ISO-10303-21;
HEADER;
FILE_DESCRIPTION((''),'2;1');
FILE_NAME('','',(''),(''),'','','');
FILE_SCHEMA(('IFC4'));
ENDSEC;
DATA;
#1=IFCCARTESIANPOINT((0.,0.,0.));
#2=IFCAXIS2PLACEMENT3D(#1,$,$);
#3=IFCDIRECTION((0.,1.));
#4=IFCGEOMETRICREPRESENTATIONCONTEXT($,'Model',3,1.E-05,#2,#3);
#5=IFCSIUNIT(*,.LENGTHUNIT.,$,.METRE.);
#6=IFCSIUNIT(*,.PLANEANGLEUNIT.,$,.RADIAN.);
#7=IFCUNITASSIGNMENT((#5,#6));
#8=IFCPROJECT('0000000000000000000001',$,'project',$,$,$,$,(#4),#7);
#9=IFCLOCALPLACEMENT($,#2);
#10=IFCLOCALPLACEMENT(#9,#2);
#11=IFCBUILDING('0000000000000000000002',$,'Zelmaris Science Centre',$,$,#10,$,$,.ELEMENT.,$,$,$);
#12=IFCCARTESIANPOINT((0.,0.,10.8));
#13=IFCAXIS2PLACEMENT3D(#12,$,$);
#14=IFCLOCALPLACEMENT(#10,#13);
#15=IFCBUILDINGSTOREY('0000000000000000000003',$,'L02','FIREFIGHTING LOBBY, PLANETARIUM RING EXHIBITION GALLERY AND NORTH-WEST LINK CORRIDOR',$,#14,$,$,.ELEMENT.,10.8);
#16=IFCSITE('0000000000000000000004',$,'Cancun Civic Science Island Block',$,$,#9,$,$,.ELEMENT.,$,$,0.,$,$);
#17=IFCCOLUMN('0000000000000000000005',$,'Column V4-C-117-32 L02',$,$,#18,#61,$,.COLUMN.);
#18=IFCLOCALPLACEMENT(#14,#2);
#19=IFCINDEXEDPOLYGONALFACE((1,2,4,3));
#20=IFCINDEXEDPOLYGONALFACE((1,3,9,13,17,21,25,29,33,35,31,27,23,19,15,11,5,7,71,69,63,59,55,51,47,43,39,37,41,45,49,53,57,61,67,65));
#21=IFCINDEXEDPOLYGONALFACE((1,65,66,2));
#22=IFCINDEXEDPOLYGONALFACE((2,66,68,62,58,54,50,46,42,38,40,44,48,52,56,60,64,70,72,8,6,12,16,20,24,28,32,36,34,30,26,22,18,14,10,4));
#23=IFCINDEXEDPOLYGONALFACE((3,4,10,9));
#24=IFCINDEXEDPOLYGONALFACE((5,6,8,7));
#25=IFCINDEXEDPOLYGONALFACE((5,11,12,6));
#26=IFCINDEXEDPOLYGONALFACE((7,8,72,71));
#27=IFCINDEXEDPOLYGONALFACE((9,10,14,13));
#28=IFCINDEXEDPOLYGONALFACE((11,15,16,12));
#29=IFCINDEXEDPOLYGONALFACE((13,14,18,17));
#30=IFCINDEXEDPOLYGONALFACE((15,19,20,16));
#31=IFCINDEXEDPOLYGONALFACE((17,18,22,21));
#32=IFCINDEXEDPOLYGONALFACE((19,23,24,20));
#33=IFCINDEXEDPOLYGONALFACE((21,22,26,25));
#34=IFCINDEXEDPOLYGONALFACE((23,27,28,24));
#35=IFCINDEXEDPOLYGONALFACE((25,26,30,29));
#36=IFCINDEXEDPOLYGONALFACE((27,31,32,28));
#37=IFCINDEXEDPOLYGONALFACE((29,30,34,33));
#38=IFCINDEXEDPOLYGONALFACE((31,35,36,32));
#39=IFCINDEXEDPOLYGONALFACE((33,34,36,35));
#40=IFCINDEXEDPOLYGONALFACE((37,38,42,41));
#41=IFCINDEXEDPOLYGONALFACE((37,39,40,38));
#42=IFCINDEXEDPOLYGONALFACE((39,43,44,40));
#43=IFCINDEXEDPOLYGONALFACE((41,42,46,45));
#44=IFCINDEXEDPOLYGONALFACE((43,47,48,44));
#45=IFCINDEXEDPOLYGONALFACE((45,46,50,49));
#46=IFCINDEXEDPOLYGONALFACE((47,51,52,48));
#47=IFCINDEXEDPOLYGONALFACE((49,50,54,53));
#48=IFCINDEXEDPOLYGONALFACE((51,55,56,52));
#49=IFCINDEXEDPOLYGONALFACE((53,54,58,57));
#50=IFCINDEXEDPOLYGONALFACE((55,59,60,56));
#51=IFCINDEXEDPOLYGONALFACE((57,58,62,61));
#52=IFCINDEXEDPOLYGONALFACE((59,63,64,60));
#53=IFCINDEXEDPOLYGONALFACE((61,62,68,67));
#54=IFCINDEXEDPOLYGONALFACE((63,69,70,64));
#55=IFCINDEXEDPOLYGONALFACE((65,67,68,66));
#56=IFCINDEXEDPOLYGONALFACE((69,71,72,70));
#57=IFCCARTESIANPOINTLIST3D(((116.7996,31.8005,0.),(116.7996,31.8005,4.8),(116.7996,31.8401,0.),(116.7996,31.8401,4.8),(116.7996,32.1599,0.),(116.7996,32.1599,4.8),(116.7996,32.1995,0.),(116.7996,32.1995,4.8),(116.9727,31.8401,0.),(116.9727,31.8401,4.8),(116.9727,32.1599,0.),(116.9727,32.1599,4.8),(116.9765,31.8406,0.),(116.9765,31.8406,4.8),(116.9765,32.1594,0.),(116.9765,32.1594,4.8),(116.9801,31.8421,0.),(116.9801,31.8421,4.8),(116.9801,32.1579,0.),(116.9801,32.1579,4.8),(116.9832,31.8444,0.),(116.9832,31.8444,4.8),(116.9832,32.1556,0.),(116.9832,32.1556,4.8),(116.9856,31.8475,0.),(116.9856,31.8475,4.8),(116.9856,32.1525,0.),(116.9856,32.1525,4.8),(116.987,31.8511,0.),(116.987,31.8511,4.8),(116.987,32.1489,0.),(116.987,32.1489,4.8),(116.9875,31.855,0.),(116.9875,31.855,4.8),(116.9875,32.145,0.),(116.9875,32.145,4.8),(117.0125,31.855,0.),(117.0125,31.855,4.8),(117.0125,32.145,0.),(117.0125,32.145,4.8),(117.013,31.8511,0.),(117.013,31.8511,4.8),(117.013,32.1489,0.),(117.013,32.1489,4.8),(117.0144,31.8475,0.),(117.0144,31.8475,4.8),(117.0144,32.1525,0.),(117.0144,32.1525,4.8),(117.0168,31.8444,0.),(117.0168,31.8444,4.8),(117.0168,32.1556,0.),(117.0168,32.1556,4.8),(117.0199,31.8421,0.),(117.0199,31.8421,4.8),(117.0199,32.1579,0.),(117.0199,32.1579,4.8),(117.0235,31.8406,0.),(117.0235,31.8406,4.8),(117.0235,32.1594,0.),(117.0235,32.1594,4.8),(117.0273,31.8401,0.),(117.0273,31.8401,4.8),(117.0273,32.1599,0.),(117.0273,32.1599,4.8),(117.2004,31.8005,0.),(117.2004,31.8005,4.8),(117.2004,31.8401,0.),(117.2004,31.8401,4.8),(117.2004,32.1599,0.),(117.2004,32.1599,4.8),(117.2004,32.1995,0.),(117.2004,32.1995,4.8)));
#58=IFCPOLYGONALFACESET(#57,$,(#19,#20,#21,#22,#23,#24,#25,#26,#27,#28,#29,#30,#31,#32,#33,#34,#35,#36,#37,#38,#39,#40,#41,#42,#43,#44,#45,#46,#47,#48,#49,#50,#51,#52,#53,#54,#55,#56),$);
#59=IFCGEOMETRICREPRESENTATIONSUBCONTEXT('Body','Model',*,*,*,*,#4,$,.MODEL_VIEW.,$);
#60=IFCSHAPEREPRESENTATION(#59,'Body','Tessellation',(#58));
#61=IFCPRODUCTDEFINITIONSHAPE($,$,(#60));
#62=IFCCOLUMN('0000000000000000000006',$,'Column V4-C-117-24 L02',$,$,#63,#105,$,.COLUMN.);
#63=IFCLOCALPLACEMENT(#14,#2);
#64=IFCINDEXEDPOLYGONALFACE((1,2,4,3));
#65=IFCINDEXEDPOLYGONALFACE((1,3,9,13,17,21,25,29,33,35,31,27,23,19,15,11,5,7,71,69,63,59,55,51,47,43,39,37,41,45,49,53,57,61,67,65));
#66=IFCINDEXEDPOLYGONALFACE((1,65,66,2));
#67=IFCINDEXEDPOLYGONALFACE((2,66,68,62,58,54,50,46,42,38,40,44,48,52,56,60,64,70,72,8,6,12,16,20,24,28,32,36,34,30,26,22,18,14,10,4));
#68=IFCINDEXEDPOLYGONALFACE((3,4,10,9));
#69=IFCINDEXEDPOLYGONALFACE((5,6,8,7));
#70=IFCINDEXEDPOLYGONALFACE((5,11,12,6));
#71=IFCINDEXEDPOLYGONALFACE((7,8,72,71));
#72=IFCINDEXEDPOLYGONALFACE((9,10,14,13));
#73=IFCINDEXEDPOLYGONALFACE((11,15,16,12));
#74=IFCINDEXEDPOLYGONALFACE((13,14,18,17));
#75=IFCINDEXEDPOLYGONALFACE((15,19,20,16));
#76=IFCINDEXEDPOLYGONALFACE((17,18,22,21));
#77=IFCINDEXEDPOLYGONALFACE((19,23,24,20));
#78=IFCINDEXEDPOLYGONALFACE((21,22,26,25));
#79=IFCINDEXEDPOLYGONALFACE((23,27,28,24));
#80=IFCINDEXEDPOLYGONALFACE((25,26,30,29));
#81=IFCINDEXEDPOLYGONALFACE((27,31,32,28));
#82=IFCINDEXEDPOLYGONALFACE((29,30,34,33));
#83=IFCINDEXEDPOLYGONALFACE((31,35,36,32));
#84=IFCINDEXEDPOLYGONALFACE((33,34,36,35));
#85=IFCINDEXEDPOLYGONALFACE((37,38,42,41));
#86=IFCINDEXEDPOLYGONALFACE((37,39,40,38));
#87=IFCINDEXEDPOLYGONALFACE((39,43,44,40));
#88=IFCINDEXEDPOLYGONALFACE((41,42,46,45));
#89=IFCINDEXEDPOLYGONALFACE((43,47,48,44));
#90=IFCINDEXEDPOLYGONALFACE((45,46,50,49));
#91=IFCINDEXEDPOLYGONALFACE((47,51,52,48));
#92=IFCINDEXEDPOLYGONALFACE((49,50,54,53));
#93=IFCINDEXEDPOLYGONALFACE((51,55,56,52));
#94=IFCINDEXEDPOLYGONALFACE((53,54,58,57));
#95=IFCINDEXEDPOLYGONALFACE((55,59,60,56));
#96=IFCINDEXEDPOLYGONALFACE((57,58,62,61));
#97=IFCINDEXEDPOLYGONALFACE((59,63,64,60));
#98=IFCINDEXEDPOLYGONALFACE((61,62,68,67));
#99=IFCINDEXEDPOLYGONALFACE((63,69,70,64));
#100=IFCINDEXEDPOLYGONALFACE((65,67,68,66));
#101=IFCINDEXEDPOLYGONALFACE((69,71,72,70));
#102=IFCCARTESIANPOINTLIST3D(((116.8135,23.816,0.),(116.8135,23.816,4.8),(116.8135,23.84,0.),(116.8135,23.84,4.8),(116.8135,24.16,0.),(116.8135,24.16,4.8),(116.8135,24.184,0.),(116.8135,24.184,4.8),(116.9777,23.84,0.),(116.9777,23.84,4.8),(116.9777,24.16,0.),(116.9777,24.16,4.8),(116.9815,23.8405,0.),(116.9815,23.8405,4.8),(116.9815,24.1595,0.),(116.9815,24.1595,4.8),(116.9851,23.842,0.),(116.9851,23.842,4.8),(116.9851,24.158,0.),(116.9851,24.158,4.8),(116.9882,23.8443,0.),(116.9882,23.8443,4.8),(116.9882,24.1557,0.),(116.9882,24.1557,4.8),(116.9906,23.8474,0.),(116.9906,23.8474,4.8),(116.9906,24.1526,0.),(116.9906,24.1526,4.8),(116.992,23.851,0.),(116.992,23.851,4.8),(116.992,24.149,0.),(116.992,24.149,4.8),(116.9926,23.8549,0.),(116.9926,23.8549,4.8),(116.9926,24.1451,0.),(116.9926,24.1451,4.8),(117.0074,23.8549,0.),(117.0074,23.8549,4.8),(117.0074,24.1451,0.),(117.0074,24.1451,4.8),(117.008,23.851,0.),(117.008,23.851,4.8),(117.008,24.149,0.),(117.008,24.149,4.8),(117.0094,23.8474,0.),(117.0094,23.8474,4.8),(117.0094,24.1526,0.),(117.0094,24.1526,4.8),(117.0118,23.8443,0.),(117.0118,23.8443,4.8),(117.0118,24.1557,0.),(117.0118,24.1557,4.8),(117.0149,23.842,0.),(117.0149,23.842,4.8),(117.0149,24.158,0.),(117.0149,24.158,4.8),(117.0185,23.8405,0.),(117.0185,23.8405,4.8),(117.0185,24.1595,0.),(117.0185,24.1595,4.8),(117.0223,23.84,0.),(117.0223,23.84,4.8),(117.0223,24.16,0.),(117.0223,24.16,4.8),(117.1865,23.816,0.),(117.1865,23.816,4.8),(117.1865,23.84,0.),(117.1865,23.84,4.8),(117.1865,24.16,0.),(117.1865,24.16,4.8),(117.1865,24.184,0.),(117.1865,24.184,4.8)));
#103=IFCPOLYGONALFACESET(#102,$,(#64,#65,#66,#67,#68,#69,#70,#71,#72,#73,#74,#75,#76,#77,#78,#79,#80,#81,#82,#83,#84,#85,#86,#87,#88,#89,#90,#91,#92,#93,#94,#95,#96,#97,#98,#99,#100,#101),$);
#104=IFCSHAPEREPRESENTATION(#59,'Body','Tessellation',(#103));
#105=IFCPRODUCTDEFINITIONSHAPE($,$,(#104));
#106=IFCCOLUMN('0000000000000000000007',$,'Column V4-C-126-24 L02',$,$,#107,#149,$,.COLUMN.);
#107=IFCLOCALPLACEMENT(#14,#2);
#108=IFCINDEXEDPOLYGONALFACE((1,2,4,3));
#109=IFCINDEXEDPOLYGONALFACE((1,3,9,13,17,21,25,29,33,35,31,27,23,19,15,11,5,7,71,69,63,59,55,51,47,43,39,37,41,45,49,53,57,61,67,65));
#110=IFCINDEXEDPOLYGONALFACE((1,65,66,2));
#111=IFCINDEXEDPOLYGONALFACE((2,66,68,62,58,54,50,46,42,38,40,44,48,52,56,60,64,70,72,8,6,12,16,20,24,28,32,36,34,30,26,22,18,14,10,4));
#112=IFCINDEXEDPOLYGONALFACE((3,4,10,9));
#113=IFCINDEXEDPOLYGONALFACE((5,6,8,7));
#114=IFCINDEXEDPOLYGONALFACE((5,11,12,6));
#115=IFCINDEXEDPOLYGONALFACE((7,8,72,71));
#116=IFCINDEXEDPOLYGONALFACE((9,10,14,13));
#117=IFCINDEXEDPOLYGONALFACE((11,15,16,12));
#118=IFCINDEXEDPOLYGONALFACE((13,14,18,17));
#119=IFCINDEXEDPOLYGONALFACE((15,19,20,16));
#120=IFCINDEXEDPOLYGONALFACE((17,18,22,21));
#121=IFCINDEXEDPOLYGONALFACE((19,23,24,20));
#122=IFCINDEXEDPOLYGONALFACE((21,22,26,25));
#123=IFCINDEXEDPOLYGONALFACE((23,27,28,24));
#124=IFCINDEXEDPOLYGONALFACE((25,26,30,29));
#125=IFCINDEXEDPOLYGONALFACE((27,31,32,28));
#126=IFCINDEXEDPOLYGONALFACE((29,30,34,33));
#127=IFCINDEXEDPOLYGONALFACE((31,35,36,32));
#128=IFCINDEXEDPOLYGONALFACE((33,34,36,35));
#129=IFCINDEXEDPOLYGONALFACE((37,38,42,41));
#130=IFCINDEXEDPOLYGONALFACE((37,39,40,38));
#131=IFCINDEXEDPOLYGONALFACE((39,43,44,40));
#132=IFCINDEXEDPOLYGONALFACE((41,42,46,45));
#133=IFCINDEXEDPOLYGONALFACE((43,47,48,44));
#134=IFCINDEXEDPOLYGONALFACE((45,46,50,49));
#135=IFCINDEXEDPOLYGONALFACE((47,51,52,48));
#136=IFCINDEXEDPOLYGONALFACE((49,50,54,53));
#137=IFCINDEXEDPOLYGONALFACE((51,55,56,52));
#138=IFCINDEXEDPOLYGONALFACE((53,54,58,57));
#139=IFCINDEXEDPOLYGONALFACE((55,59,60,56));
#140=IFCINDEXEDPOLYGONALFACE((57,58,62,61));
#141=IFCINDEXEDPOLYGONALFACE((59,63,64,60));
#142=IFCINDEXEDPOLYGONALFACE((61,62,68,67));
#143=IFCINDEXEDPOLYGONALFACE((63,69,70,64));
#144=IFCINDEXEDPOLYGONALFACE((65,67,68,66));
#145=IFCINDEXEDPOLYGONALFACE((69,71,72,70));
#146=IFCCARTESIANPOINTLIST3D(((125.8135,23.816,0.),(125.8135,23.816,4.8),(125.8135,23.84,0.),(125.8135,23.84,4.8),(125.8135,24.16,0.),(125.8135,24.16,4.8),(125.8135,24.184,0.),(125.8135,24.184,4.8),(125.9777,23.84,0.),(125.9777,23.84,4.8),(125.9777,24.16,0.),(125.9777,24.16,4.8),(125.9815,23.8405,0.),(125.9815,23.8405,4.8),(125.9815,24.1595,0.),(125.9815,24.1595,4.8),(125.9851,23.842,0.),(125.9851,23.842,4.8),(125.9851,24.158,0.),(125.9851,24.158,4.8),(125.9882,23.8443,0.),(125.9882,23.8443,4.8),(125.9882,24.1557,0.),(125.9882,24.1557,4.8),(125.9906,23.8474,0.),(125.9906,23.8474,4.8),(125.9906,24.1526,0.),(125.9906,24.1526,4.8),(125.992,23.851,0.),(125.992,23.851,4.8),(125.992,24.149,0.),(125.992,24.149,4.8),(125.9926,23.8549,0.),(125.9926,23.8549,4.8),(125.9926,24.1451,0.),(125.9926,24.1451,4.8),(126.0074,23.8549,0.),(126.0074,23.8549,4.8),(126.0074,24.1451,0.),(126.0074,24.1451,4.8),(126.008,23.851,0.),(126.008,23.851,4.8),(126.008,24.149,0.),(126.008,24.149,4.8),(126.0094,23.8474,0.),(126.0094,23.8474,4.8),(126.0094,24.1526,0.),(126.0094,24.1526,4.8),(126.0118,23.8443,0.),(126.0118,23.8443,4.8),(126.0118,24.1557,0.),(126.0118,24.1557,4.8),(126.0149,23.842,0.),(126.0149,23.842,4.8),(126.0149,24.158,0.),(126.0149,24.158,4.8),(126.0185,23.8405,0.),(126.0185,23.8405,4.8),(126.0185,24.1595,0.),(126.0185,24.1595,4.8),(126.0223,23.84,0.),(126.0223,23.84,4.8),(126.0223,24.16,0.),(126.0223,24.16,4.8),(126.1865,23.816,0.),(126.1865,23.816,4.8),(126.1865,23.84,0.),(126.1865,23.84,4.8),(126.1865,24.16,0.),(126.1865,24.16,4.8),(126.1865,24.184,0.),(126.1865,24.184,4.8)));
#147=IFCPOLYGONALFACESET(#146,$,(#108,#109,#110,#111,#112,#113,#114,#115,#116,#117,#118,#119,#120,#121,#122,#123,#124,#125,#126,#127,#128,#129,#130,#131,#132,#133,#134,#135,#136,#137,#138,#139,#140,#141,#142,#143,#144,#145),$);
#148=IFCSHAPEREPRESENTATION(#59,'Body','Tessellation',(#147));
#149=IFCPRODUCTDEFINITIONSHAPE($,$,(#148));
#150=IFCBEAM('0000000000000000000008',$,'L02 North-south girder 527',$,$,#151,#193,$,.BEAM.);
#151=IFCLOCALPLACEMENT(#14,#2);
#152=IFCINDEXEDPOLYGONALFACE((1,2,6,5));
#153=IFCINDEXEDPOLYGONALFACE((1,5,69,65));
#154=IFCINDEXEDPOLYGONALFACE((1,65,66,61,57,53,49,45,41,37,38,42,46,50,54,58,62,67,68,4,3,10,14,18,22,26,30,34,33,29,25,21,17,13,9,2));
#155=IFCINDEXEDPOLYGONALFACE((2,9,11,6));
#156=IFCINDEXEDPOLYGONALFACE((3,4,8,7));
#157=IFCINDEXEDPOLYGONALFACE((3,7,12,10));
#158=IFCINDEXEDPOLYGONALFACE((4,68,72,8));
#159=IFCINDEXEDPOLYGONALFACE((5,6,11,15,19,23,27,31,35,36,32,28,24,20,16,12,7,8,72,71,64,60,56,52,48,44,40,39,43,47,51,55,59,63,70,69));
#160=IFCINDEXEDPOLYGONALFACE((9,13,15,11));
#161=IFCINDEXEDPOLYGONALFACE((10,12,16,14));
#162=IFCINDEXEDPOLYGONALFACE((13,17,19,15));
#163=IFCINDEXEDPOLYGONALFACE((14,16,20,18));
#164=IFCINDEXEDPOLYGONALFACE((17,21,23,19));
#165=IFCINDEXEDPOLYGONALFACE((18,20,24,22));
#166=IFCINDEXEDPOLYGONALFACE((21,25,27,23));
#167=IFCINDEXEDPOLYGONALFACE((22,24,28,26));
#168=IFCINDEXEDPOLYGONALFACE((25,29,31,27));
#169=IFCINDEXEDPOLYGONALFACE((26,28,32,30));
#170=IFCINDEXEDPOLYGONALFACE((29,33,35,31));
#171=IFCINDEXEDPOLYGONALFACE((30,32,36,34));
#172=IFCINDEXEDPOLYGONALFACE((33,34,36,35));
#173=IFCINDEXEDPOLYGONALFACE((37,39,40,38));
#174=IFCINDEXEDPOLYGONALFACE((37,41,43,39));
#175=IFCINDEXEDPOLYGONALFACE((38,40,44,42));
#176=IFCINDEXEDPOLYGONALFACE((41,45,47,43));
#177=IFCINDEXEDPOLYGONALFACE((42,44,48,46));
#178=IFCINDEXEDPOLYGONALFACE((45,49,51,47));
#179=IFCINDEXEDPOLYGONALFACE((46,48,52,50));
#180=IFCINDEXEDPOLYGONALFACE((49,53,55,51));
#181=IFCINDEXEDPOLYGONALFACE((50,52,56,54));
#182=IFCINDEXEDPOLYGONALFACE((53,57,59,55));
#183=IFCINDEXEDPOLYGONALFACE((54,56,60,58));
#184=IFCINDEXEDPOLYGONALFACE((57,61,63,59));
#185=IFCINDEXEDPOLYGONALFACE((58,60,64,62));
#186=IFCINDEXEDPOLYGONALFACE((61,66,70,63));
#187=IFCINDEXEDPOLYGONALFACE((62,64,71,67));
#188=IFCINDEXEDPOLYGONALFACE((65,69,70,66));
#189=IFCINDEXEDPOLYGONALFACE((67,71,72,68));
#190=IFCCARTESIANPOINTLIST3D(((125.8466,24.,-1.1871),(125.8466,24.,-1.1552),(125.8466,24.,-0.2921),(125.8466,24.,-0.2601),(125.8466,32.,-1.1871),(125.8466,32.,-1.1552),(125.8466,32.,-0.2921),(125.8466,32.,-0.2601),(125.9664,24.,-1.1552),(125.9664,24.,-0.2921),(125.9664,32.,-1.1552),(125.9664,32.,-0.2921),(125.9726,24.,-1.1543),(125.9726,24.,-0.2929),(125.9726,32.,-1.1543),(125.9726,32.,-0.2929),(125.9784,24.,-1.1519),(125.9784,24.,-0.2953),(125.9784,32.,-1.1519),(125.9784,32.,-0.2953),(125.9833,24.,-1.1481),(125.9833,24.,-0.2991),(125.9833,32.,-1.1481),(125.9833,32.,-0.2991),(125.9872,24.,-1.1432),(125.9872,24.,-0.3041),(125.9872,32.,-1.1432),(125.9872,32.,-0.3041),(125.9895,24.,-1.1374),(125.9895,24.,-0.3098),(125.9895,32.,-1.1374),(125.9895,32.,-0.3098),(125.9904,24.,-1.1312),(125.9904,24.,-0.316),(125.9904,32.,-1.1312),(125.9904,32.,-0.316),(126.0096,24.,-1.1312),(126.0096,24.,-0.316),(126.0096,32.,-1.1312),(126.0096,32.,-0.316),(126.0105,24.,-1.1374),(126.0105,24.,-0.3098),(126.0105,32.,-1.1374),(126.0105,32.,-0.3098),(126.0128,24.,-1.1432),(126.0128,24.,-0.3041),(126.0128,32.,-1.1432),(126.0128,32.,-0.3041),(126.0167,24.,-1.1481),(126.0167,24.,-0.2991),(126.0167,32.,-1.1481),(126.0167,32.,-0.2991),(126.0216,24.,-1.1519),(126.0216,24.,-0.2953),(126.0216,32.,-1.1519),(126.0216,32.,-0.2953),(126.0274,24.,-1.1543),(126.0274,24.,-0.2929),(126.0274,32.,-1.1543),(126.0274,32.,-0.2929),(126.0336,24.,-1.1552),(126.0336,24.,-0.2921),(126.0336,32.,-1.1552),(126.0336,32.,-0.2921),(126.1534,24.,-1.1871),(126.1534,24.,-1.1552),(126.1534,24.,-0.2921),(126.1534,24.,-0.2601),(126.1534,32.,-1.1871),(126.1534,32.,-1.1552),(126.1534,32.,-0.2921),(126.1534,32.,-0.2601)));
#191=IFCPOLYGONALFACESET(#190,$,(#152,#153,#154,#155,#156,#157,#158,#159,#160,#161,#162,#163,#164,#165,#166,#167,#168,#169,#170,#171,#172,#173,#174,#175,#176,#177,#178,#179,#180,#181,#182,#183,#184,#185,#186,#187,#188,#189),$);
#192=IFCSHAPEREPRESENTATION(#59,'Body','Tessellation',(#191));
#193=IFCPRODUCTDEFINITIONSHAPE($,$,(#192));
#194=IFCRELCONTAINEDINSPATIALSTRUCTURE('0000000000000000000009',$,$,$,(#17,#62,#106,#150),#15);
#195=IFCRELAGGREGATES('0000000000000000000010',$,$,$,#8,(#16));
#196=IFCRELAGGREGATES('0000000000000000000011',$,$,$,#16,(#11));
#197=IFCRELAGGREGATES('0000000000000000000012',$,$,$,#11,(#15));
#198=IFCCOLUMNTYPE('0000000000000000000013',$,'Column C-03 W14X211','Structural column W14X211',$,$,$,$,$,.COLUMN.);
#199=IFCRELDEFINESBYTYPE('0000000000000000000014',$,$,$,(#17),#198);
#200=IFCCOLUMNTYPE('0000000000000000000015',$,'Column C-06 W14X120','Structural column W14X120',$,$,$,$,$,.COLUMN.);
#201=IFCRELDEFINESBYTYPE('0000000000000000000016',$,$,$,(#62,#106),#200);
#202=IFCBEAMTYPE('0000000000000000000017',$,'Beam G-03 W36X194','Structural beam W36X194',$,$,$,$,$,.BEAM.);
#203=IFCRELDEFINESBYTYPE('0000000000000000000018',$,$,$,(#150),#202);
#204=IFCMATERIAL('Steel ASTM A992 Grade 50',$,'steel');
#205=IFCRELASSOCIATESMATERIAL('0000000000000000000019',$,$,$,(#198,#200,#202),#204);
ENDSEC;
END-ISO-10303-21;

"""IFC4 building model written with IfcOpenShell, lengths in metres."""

from ifc_helpers import new_model, si_unit, direction, frame, origin, origin_2d, place, context, subcontext, project, spatial, i_section, extrude, material, material_profile, profile_set, type_object, element, save


model = new_model("IFC4")

# Units and contexts
model_context = context("Model", 3, precision=1e-05, world=origin(), true_north=direction((0.0, 1.0)))
body_context = subcontext(model_context, "Body", "Model", "MODEL_VIEW")
ifc_project = project(units=[si_unit("LENGTHUNIT", "METRE"), si_unit("PLANEANGLEUNIT", "RADIAN")], contexts=[model_context])

# Site, building, storey
site_placement = place(None, origin())
site = spatial("IfcSite", under=ifc_project, at=site_placement, Name="Cancun Civic Science Island Block", CompositionType="ELEMENT", RefElevation=0.0)
building_placement = place(site_placement, origin())
building = spatial("IfcBuilding", under=site, at=building_placement, Name="Zelmaris Science Centre", CompositionType="ELEMENT")
storey_placement = place(building_placement, frame((0.0, 0.0, 10.8)))
storey = spatial("IfcBuildingStorey", under=building, at=storey_placement, Name="L02", Description="FIREFIGHTING LOBBY, PLANETARIUM RING EXHIBITION GALLERY AND NORTH-WEST LINK CORRIDOR", CompositionType="ELEMENT", Elevation=10.8)

# Columns
ifc_material_1 = material(Name="Steel ASTM A992 Grade 50", Category="steel")
ifc_material_profile_1 = material_profile(ifc_material_1, i_section(OverallWidth=0.4009, OverallDepth=0.3989, WebThickness=0.0249, FlangeThickness=0.0396, FilletRadius=0.0149, at=origin_2d()), Name="W14X211")
ifc_profile_set_1 = profile_set([ifc_material_profile_1], Name="Steel ASTM A992 Grade 50")
column_type_1 = type_object("IfcColumnType", Name="Column C-03 W14X211", Description="Structural column W14X211", PredefinedType="COLUMN", material=ifc_profile_set_1)
column_placement = place(storey_placement, frame((117.0, 32.0, 0.0), z_axis=(0.0, 0.0, 1.0), x_axis=(1.0, 0.0, 0.0)))
element("IfcColumn", 1, at=column_placement, inside=storey, type_object=column_type_1, Name="Column V4-C-117-32 L02", PredefinedType="COLUMN", context=body_context, shape_type="SweptSolid", body=[
    extrude(i_section(OverallWidth=0.4009, OverallDepth=0.3989, WebThickness=0.0249, FlangeThickness=0.0396, FilletRadius=0.0149, at=origin_2d()), origin(), (0.0, 0.0, 1.0), 4.8),
])
ifc_material_profile_2 = material_profile(ifc_material_1, i_section(OverallWidth=0.373, OverallDepth=0.3679, WebThickness=0.0149, FlangeThickness=0.0239, FilletRadius=0.0149, at=origin_2d()), Name="W14X120")
ifc_profile_set_2 = profile_set([ifc_material_profile_2], Name="Steel ASTM A992 Grade 50")
column_type_2 = type_object("IfcColumnType", Name="Column C-06 W14X120", Description="Structural column W14X120", PredefinedType="COLUMN", material=ifc_profile_set_2)
for number, where, z_axis, x_axis, name in (
    (2, (117.0, 24.0, 0.0), (0.0, 0.0, 1.0), (1.0, 0.0, 0.0), "Column V4-C-117-24 L02"),
    (3, (126.0, 24.0, 0.0), (0.0, 0.0, 1.0), (1.0, 0.0, 0.0), "Column V4-C-126-24 L02"),
):
    element("IfcColumn", number, at=place(storey_placement, frame(where, z_axis=z_axis, x_axis=x_axis)), inside=storey, type_object=column_type_2, Name=name, PredefinedType="COLUMN", context=body_context, shape_type="SweptSolid", body=[
        extrude(i_section(OverallWidth=0.373, OverallDepth=0.3679, WebThickness=0.0149, FlangeThickness=0.0239, FilletRadius=0.0149, at=origin_2d()), origin(), (0.0, 0.0, 1.0), 4.8),
    ])

# Beam
ifc_material_profile_3 = material_profile(ifc_material_1, i_section(OverallWidth=0.3069, OverallDepth=0.927, WebThickness=0.0193, FlangeThickness=0.032, FilletRadius=0.0239, at=origin_2d()), Name="W36X194")
ifc_profile_set_3 = profile_set([ifc_material_profile_3], Name="Steel ASTM A992 Grade 50")
beam_type_1 = type_object("IfcBeamType", Name="Beam G-03 W36X194", Description="Structural beam W36X194", PredefinedType="BEAM", material=ifc_profile_set_3)
beam_1_placement = place(storey_placement, frame((126.0, 24.0, -0.7236), z_axis=(0.0, 1.0, 0.0), x_axis=(-1.0, 0.0, 0.0)))
element("IfcBeam", 4, at=beam_1_placement, inside=storey, type_object=beam_type_1, Name="L02 North-south girder 527", PredefinedType="BEAM", context=body_context, shape_type="SweptSolid", body=[
    extrude(i_section(OverallWidth=0.3069, OverallDepth=0.927, WebThickness=0.0193, FlangeThickness=0.032, FilletRadius=0.0239, at=origin_2d()), origin(), (0.0, 0.0, 1.0), 8.0),
])

save(model, "model.ifc")
